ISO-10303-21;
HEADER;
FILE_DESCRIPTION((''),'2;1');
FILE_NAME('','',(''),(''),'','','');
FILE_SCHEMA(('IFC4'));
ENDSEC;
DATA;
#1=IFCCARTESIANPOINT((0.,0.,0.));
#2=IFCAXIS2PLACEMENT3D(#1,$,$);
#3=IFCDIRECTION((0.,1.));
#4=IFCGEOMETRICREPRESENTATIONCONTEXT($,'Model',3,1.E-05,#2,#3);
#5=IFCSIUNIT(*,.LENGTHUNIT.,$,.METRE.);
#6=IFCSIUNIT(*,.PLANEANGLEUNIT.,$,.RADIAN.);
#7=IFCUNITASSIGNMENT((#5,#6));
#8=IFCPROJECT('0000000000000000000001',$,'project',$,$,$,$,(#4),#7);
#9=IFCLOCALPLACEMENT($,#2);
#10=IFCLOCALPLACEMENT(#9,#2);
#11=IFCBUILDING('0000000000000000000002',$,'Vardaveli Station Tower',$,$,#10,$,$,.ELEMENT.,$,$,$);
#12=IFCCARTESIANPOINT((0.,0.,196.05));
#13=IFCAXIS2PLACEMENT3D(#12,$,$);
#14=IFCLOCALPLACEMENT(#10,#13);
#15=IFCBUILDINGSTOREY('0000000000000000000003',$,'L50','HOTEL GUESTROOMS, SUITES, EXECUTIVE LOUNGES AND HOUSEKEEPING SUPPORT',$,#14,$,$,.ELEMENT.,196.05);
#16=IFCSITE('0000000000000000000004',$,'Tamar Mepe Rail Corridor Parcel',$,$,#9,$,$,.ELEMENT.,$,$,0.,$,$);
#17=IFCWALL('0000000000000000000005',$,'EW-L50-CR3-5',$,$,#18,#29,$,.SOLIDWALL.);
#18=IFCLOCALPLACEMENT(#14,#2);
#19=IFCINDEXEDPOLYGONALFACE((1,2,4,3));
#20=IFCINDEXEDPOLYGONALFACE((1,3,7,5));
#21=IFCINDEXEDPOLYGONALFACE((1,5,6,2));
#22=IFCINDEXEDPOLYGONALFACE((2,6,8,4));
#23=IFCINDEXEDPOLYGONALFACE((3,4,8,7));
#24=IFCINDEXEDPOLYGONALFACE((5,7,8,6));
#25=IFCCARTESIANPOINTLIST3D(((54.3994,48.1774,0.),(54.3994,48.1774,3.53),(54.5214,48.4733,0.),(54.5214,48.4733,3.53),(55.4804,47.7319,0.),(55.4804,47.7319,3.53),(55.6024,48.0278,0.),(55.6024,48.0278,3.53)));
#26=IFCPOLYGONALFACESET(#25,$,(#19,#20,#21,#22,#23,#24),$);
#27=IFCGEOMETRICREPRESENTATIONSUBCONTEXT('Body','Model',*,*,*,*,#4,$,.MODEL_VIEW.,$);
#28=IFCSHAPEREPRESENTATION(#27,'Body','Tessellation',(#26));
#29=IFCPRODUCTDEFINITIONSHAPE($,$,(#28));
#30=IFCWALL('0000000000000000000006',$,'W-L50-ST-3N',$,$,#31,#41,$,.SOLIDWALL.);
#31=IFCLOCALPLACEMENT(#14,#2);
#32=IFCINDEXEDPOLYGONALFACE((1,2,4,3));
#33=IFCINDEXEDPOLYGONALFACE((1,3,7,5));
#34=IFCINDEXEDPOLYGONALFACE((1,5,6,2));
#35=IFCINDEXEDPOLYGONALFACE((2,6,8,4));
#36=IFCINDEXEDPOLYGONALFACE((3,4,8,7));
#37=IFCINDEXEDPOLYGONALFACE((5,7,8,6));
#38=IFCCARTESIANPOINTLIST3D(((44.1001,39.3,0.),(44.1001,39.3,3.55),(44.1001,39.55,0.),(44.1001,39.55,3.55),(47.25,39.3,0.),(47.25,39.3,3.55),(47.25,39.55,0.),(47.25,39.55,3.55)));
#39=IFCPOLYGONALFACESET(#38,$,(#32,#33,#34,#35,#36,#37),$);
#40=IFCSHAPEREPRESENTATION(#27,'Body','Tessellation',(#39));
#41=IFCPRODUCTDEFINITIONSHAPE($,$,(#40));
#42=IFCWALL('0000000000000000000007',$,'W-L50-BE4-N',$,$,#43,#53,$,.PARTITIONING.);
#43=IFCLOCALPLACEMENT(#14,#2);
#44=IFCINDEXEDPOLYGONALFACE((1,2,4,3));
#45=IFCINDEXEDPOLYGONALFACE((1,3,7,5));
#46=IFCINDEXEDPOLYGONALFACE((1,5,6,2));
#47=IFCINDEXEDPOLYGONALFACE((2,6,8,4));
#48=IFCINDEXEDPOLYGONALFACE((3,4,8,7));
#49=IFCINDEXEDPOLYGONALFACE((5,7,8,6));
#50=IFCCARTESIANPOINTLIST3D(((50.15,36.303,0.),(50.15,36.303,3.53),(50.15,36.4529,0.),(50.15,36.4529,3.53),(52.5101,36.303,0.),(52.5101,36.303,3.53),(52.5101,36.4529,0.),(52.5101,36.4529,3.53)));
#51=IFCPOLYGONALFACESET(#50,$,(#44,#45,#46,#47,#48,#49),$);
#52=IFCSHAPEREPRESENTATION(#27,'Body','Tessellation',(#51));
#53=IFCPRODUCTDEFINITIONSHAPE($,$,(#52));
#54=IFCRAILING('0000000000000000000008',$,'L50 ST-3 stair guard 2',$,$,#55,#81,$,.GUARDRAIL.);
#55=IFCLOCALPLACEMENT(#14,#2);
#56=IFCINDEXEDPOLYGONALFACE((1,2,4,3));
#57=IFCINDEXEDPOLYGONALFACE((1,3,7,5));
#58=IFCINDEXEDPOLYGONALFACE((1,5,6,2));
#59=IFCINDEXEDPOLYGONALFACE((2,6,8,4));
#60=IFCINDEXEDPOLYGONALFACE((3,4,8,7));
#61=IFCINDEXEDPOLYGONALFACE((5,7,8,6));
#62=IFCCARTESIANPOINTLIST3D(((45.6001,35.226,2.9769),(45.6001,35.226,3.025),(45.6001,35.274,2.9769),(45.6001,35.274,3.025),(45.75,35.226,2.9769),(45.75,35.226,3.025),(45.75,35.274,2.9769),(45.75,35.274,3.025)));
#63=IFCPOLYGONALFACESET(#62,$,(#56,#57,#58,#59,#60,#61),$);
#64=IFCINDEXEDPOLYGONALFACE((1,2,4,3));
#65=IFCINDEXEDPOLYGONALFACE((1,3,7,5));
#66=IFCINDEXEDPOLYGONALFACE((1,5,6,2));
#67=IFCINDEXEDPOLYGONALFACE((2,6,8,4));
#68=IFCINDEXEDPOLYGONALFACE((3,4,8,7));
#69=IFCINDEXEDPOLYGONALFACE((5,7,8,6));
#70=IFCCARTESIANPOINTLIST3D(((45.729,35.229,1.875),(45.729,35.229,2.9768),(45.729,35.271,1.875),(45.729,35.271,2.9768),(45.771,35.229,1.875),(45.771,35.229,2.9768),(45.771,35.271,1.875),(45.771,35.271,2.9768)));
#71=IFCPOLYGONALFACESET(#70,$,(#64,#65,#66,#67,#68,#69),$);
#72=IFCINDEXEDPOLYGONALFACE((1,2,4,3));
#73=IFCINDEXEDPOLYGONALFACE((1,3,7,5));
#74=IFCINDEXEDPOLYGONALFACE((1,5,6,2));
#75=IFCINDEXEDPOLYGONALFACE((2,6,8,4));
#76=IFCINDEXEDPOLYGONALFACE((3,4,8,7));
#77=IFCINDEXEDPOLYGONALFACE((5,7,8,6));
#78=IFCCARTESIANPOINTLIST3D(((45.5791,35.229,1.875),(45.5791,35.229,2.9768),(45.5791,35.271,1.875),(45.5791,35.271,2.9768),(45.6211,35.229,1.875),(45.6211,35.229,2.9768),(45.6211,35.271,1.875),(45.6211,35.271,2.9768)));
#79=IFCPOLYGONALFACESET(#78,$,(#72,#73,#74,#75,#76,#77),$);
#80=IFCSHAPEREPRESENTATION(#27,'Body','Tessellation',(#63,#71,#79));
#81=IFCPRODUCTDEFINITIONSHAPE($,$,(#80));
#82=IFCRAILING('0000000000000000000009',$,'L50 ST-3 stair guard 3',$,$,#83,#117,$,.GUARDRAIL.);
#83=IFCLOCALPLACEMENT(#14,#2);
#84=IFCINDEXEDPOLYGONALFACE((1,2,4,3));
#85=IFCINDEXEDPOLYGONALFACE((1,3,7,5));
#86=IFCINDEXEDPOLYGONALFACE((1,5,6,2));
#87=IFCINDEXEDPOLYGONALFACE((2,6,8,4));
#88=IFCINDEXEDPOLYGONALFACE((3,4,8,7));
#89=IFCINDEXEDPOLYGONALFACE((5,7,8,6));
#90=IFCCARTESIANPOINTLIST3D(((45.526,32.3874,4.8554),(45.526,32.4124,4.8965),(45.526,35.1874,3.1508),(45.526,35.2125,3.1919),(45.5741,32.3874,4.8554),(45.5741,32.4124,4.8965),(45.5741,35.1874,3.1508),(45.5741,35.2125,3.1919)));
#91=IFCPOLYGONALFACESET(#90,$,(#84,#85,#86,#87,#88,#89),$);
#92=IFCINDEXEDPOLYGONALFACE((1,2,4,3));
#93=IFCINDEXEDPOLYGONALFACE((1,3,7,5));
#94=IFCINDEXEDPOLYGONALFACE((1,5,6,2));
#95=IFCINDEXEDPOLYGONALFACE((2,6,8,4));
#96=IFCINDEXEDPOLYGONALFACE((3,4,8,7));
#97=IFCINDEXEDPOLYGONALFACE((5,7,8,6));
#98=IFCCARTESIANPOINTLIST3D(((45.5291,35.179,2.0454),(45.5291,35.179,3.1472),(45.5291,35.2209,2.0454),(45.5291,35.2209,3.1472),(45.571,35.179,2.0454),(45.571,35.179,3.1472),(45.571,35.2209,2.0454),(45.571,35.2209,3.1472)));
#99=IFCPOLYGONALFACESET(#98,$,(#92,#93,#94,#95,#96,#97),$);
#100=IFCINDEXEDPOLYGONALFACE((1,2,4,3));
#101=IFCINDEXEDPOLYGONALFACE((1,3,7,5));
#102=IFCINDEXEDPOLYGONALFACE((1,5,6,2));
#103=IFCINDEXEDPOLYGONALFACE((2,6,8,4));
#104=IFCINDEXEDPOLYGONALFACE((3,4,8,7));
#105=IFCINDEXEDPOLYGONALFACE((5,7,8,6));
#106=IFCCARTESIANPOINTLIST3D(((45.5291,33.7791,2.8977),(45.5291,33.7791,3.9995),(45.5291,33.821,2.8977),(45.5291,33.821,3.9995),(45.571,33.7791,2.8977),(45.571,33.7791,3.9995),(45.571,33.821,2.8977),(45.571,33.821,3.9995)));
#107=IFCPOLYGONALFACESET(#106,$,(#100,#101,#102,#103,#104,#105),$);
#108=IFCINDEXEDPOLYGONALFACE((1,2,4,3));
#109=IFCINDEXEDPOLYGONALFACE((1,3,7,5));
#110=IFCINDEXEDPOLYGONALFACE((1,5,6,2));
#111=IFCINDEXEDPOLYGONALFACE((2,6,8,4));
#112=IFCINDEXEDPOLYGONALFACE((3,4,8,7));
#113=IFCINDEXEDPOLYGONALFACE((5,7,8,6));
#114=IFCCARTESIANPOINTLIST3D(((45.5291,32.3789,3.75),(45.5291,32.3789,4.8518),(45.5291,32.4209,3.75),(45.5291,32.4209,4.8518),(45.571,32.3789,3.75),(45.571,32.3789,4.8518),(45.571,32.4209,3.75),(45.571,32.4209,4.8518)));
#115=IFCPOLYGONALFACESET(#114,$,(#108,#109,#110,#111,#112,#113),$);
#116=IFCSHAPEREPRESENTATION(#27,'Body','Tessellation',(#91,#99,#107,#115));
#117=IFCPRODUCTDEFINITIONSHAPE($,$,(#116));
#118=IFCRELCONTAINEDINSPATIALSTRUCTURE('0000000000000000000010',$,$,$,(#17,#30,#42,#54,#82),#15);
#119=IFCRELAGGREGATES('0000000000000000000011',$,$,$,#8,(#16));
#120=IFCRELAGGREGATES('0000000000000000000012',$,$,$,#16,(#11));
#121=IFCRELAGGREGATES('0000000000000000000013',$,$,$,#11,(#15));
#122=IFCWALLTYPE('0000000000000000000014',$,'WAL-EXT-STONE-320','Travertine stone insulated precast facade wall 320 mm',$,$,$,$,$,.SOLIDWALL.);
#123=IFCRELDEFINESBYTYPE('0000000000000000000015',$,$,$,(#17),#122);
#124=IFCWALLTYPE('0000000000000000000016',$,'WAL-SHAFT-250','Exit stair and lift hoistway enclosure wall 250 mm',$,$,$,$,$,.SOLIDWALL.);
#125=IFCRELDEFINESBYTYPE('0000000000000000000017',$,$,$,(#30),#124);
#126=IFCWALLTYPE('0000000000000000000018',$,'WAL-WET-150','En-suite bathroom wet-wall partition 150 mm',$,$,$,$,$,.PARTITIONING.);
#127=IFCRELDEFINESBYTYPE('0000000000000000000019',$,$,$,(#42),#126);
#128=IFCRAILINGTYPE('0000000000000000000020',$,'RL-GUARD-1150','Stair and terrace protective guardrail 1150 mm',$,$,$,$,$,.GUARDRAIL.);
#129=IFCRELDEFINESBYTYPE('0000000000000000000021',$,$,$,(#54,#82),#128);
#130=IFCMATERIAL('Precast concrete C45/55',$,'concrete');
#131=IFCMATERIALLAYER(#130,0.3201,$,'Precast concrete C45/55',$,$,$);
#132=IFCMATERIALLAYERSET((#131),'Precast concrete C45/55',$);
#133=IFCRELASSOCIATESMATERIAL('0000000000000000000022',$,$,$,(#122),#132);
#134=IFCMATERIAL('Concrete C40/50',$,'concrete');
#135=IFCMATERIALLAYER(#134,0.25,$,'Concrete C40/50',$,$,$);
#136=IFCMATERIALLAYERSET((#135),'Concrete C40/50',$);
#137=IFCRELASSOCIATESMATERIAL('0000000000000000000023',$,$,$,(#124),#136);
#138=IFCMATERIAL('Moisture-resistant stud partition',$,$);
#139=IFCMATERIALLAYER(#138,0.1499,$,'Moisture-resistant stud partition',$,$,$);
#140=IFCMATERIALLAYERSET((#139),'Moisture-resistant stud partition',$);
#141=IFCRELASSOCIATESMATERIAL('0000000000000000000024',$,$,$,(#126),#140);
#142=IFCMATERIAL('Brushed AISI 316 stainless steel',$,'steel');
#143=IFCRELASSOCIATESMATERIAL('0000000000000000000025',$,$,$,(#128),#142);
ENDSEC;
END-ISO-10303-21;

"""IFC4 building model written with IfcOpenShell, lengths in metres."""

from ifc_helpers import new_model, si_unit, direction, frame, frame_2d, origin, origin_2d, place, context, subcontext, project, spatial, rectangle, extrude, source, transform, mapped, material, layer, layer_set, type_object, element, save


model = new_model("IFC4")

# Units and contexts
model_context = context("Model", 3, precision=1e-05, world=origin(), true_north=direction((0.0, 1.0)))
body_context = subcontext(model_context, "Body", "Model", "MODEL_VIEW")
ifc_project = project(units=[si_unit("LENGTHUNIT", "METRE"), si_unit("PLANEANGLEUNIT", "RADIAN")], contexts=[model_context])

# Site, building, storey
site_placement = place(None, origin())
site = spatial("IfcSite", under=ifc_project, at=site_placement, Name="Tamar Mepe Rail Corridor Parcel", CompositionType="ELEMENT", RefElevation=0.0)
building_placement = place(site_placement, origin())
building = spatial("IfcBuilding", under=site, at=building_placement, Name="Vardaveli Station Tower", CompositionType="ELEMENT")
storey_placement = place(building_placement, frame((0.0, 0.0, 196.05)))
storey = spatial("IfcBuildingStorey", under=building, at=storey_placement, Name="L50", Description="HOTEL GUESTROOMS, SUITES, EXECUTIVE LOUNGES AND HOUSEKEEPING SUPPORT", CompositionType="ELEMENT", Elevation=196.05)

# Shared definitions
ifc_material_1 = material(Name="Precast concrete C45/55", Category="concrete")

# Shared definitions
ifc_layer_1 = layer(ifc_material_1, 0.3201, Name="Precast concrete C45/55")
ifc_layer_set_1 = layer_set([ifc_layer_1], Name="Precast concrete C45/55")
wall_type_1 = type_object("IfcWallType", Name="WAL-EXT-STONE-320", Description="Travertine stone insulated precast facade wall 320 mm", PredefinedType="SOLIDWALL", material=ifc_layer_set_1)

# Walls
shared_shape_1 = source(origin(), body_context, "Body", "SweptSolid", [
    extrude(rectangle(XDim=1.1692, YDim=0.3201, at=frame_2d((0.5845, 0.0))), origin(), (0.0, 0.0, 1.0), 3.53),
])
for number, where, z_axis, x_axis, name in (
    (1, (55.5413, 47.8799, 0.0), (0.0, 0.0, 1.0), (-0.924553, 0.381054, 0.0), "EW-L50-CR3-5"),
):
    element("IfcWall", number, at=place(storey_placement, frame(where, z_axis=z_axis, x_axis=x_axis)), inside=storey, type_object=wall_type_1, Name=name, PredefinedType="SOLIDWALL", context=body_context, shape_type="MappedRepresentation", body=[
        mapped(shared_shape_1, transform((0.0, 0.0, 0.0), scale=1.0)),
    ])
ifc_material_2 = material(Name="Concrete C40/50", Category="concrete")
ifc_layer_2 = layer(ifc_material_2, 0.25, Name="Concrete C40/50")
ifc_layer_set_2 = layer_set([ifc_layer_2], Name="Concrete C40/50")
wall_type_2 = type_object("IfcWallType", Name="WAL-SHAFT-250", Description="Exit stair and lift hoistway enclosure wall 250 mm", PredefinedType="SOLIDWALL", material=ifc_layer_set_2)
shared_shape_2 = source(origin(), body_context, "Body", "SweptSolid", [
    extrude(rectangle(XDim=3.1499, YDim=0.25, at=frame_2d((1.575, 0.0))), origin(), (0.0, 0.0, 1.0), 3.55),
])
wall_1_placement = place(storey_placement, frame((44.1001, 39.425, 0.0), z_axis=(0.0, 0.0, 1.0), x_axis=(1.0, 0.0, 0.0)))
element("IfcWall", 2, at=wall_1_placement, inside=storey, type_object=wall_type_2, Name="W-L50-ST-3N", PredefinedType="SOLIDWALL", context=body_context, shape_type="MappedRepresentation", body=[
    mapped(shared_shape_2, transform((0.0, 0.0, 0.0), scale=1.0)),
])
ifc_material_3 = material(Name="Moisture-resistant stud partition")
ifc_layer_3 = layer(ifc_material_3, 0.1499, Name="Moisture-resistant stud partition")
ifc_layer_set_3 = layer_set([ifc_layer_3], Name="Moisture-resistant stud partition")
wall_type_3 = type_object("IfcWallType", Name="WAL-WET-150", Description="En-suite bathroom wet-wall partition 150 mm", PredefinedType="PARTITIONING", material=ifc_layer_set_3)
shared_shape_3 = source(origin(), body_context, "Body", "SweptSolid", [
    extrude(rectangle(XDim=2.3601, YDim=0.1499, at=frame_2d((1.1802, 0.0))), origin(), (0.0, 0.0, 1.0), 3.53),
])
wall_2_placement = place(storey_placement, frame((50.1499, 36.3779, 0.0), z_axis=(0.0, 0.0, 1.0), x_axis=(1.0, 0.0, 0.0)))
element("IfcWall", 3, at=wall_2_placement, inside=storey, type_object=wall_type_3, Name="W-L50-BE4-N", PredefinedType="PARTITIONING", context=body_context, shape_type="MappedRepresentation", body=[
    mapped(shared_shape_3, transform((0.0, 0.0, 0.0), scale=1.0)),
])

# Railings
ifc_material_4 = material(Name="Brushed AISI 316 stainless steel", Category="steel")
railing_type = type_object("IfcRailingType", Name="RL-GUARD-1150", Description="Stair and terrace protective guardrail 1150 mm", PredefinedType="GUARDRAIL", material=ifc_material_4)
shared_shape_4 = source(origin(), body_context, "Body", "SweptSolid", [
    extrude(rectangle(XDim=0.0481, YDim=0.0481, at=origin_2d()), frame((0.0, 0.0, 1.126), z_axis=(-1.0, 0.0, 0.0), x_axis=(0.0, -1.0, 0.0)), (0.0, 0.0, 1.0), 0.1499),
    extrude(rectangle(XDim=0.042, YDim=0.042, at=origin_2d()), origin(), (0.0, 0.0, 1.0), 1.1018),
    extrude(rectangle(XDim=0.042, YDim=0.042, at=origin_2d()), frame((-0.1499, 0.0, 0.0)), (0.0, 0.0, 1.0), 1.1018),
])
railing_1_placement = place(storey_placement, frame((45.75, 35.25, 1.875)))
element("IfcRailing", 4, at=railing_1_placement, inside=storey, type_object=railing_type, Name="L50 ST-3 stair guard 2", PredefinedType="GUARDRAIL", context=body_context, shape_type="MappedRepresentation", body=[
    mapped(shared_shape_4, transform((0.0, 0.0, 0.0), scale=1.0)),
])
shared_shape_5 = source(origin(), body_context, "Body", "SweptSolid", [
    extrude(rectangle(XDim=0.0481, YDim=0.0481, at=origin_2d()), frame((0.0, 0.0, 1.126), z_axis=(0.0, -0.85417, 0.519994), x_axis=(1.0, 0.0, 0.0)), (0.0, 0.0, 1.0), 3.2781),
    extrude(rectangle(XDim=0.042, YDim=0.042, at=origin_2d()), origin(), (0.0, 0.0, 1.0), 1.1018),
    extrude(rectangle(XDim=0.042, YDim=0.042, at=origin_2d()), frame((0.0, -1.3999, 0.8523)), (0.0, 0.0, 1.0), 1.1018),
    extrude(rectangle(XDim=0.042, YDim=0.042, at=origin_2d()), frame((0.0, -2.8, 1.7046)), (0.0, 0.0, 1.0), 1.1018),
])
railing_2_placement = place(storey_placement, frame((45.55, 35.2, 2.0454)))
element("IfcRailing", 5, at=railing_2_placement, inside=storey, type_object=railing_type, Name="L50 ST-3 stair guard 3", PredefinedType="GUARDRAIL", context=body_context, shape_type="MappedRepresentation", body=[
    mapped(shared_shape_5, transform((0.0, 0.0, 0.0), scale=1.0)),
])

save(model, "model.ifc")
